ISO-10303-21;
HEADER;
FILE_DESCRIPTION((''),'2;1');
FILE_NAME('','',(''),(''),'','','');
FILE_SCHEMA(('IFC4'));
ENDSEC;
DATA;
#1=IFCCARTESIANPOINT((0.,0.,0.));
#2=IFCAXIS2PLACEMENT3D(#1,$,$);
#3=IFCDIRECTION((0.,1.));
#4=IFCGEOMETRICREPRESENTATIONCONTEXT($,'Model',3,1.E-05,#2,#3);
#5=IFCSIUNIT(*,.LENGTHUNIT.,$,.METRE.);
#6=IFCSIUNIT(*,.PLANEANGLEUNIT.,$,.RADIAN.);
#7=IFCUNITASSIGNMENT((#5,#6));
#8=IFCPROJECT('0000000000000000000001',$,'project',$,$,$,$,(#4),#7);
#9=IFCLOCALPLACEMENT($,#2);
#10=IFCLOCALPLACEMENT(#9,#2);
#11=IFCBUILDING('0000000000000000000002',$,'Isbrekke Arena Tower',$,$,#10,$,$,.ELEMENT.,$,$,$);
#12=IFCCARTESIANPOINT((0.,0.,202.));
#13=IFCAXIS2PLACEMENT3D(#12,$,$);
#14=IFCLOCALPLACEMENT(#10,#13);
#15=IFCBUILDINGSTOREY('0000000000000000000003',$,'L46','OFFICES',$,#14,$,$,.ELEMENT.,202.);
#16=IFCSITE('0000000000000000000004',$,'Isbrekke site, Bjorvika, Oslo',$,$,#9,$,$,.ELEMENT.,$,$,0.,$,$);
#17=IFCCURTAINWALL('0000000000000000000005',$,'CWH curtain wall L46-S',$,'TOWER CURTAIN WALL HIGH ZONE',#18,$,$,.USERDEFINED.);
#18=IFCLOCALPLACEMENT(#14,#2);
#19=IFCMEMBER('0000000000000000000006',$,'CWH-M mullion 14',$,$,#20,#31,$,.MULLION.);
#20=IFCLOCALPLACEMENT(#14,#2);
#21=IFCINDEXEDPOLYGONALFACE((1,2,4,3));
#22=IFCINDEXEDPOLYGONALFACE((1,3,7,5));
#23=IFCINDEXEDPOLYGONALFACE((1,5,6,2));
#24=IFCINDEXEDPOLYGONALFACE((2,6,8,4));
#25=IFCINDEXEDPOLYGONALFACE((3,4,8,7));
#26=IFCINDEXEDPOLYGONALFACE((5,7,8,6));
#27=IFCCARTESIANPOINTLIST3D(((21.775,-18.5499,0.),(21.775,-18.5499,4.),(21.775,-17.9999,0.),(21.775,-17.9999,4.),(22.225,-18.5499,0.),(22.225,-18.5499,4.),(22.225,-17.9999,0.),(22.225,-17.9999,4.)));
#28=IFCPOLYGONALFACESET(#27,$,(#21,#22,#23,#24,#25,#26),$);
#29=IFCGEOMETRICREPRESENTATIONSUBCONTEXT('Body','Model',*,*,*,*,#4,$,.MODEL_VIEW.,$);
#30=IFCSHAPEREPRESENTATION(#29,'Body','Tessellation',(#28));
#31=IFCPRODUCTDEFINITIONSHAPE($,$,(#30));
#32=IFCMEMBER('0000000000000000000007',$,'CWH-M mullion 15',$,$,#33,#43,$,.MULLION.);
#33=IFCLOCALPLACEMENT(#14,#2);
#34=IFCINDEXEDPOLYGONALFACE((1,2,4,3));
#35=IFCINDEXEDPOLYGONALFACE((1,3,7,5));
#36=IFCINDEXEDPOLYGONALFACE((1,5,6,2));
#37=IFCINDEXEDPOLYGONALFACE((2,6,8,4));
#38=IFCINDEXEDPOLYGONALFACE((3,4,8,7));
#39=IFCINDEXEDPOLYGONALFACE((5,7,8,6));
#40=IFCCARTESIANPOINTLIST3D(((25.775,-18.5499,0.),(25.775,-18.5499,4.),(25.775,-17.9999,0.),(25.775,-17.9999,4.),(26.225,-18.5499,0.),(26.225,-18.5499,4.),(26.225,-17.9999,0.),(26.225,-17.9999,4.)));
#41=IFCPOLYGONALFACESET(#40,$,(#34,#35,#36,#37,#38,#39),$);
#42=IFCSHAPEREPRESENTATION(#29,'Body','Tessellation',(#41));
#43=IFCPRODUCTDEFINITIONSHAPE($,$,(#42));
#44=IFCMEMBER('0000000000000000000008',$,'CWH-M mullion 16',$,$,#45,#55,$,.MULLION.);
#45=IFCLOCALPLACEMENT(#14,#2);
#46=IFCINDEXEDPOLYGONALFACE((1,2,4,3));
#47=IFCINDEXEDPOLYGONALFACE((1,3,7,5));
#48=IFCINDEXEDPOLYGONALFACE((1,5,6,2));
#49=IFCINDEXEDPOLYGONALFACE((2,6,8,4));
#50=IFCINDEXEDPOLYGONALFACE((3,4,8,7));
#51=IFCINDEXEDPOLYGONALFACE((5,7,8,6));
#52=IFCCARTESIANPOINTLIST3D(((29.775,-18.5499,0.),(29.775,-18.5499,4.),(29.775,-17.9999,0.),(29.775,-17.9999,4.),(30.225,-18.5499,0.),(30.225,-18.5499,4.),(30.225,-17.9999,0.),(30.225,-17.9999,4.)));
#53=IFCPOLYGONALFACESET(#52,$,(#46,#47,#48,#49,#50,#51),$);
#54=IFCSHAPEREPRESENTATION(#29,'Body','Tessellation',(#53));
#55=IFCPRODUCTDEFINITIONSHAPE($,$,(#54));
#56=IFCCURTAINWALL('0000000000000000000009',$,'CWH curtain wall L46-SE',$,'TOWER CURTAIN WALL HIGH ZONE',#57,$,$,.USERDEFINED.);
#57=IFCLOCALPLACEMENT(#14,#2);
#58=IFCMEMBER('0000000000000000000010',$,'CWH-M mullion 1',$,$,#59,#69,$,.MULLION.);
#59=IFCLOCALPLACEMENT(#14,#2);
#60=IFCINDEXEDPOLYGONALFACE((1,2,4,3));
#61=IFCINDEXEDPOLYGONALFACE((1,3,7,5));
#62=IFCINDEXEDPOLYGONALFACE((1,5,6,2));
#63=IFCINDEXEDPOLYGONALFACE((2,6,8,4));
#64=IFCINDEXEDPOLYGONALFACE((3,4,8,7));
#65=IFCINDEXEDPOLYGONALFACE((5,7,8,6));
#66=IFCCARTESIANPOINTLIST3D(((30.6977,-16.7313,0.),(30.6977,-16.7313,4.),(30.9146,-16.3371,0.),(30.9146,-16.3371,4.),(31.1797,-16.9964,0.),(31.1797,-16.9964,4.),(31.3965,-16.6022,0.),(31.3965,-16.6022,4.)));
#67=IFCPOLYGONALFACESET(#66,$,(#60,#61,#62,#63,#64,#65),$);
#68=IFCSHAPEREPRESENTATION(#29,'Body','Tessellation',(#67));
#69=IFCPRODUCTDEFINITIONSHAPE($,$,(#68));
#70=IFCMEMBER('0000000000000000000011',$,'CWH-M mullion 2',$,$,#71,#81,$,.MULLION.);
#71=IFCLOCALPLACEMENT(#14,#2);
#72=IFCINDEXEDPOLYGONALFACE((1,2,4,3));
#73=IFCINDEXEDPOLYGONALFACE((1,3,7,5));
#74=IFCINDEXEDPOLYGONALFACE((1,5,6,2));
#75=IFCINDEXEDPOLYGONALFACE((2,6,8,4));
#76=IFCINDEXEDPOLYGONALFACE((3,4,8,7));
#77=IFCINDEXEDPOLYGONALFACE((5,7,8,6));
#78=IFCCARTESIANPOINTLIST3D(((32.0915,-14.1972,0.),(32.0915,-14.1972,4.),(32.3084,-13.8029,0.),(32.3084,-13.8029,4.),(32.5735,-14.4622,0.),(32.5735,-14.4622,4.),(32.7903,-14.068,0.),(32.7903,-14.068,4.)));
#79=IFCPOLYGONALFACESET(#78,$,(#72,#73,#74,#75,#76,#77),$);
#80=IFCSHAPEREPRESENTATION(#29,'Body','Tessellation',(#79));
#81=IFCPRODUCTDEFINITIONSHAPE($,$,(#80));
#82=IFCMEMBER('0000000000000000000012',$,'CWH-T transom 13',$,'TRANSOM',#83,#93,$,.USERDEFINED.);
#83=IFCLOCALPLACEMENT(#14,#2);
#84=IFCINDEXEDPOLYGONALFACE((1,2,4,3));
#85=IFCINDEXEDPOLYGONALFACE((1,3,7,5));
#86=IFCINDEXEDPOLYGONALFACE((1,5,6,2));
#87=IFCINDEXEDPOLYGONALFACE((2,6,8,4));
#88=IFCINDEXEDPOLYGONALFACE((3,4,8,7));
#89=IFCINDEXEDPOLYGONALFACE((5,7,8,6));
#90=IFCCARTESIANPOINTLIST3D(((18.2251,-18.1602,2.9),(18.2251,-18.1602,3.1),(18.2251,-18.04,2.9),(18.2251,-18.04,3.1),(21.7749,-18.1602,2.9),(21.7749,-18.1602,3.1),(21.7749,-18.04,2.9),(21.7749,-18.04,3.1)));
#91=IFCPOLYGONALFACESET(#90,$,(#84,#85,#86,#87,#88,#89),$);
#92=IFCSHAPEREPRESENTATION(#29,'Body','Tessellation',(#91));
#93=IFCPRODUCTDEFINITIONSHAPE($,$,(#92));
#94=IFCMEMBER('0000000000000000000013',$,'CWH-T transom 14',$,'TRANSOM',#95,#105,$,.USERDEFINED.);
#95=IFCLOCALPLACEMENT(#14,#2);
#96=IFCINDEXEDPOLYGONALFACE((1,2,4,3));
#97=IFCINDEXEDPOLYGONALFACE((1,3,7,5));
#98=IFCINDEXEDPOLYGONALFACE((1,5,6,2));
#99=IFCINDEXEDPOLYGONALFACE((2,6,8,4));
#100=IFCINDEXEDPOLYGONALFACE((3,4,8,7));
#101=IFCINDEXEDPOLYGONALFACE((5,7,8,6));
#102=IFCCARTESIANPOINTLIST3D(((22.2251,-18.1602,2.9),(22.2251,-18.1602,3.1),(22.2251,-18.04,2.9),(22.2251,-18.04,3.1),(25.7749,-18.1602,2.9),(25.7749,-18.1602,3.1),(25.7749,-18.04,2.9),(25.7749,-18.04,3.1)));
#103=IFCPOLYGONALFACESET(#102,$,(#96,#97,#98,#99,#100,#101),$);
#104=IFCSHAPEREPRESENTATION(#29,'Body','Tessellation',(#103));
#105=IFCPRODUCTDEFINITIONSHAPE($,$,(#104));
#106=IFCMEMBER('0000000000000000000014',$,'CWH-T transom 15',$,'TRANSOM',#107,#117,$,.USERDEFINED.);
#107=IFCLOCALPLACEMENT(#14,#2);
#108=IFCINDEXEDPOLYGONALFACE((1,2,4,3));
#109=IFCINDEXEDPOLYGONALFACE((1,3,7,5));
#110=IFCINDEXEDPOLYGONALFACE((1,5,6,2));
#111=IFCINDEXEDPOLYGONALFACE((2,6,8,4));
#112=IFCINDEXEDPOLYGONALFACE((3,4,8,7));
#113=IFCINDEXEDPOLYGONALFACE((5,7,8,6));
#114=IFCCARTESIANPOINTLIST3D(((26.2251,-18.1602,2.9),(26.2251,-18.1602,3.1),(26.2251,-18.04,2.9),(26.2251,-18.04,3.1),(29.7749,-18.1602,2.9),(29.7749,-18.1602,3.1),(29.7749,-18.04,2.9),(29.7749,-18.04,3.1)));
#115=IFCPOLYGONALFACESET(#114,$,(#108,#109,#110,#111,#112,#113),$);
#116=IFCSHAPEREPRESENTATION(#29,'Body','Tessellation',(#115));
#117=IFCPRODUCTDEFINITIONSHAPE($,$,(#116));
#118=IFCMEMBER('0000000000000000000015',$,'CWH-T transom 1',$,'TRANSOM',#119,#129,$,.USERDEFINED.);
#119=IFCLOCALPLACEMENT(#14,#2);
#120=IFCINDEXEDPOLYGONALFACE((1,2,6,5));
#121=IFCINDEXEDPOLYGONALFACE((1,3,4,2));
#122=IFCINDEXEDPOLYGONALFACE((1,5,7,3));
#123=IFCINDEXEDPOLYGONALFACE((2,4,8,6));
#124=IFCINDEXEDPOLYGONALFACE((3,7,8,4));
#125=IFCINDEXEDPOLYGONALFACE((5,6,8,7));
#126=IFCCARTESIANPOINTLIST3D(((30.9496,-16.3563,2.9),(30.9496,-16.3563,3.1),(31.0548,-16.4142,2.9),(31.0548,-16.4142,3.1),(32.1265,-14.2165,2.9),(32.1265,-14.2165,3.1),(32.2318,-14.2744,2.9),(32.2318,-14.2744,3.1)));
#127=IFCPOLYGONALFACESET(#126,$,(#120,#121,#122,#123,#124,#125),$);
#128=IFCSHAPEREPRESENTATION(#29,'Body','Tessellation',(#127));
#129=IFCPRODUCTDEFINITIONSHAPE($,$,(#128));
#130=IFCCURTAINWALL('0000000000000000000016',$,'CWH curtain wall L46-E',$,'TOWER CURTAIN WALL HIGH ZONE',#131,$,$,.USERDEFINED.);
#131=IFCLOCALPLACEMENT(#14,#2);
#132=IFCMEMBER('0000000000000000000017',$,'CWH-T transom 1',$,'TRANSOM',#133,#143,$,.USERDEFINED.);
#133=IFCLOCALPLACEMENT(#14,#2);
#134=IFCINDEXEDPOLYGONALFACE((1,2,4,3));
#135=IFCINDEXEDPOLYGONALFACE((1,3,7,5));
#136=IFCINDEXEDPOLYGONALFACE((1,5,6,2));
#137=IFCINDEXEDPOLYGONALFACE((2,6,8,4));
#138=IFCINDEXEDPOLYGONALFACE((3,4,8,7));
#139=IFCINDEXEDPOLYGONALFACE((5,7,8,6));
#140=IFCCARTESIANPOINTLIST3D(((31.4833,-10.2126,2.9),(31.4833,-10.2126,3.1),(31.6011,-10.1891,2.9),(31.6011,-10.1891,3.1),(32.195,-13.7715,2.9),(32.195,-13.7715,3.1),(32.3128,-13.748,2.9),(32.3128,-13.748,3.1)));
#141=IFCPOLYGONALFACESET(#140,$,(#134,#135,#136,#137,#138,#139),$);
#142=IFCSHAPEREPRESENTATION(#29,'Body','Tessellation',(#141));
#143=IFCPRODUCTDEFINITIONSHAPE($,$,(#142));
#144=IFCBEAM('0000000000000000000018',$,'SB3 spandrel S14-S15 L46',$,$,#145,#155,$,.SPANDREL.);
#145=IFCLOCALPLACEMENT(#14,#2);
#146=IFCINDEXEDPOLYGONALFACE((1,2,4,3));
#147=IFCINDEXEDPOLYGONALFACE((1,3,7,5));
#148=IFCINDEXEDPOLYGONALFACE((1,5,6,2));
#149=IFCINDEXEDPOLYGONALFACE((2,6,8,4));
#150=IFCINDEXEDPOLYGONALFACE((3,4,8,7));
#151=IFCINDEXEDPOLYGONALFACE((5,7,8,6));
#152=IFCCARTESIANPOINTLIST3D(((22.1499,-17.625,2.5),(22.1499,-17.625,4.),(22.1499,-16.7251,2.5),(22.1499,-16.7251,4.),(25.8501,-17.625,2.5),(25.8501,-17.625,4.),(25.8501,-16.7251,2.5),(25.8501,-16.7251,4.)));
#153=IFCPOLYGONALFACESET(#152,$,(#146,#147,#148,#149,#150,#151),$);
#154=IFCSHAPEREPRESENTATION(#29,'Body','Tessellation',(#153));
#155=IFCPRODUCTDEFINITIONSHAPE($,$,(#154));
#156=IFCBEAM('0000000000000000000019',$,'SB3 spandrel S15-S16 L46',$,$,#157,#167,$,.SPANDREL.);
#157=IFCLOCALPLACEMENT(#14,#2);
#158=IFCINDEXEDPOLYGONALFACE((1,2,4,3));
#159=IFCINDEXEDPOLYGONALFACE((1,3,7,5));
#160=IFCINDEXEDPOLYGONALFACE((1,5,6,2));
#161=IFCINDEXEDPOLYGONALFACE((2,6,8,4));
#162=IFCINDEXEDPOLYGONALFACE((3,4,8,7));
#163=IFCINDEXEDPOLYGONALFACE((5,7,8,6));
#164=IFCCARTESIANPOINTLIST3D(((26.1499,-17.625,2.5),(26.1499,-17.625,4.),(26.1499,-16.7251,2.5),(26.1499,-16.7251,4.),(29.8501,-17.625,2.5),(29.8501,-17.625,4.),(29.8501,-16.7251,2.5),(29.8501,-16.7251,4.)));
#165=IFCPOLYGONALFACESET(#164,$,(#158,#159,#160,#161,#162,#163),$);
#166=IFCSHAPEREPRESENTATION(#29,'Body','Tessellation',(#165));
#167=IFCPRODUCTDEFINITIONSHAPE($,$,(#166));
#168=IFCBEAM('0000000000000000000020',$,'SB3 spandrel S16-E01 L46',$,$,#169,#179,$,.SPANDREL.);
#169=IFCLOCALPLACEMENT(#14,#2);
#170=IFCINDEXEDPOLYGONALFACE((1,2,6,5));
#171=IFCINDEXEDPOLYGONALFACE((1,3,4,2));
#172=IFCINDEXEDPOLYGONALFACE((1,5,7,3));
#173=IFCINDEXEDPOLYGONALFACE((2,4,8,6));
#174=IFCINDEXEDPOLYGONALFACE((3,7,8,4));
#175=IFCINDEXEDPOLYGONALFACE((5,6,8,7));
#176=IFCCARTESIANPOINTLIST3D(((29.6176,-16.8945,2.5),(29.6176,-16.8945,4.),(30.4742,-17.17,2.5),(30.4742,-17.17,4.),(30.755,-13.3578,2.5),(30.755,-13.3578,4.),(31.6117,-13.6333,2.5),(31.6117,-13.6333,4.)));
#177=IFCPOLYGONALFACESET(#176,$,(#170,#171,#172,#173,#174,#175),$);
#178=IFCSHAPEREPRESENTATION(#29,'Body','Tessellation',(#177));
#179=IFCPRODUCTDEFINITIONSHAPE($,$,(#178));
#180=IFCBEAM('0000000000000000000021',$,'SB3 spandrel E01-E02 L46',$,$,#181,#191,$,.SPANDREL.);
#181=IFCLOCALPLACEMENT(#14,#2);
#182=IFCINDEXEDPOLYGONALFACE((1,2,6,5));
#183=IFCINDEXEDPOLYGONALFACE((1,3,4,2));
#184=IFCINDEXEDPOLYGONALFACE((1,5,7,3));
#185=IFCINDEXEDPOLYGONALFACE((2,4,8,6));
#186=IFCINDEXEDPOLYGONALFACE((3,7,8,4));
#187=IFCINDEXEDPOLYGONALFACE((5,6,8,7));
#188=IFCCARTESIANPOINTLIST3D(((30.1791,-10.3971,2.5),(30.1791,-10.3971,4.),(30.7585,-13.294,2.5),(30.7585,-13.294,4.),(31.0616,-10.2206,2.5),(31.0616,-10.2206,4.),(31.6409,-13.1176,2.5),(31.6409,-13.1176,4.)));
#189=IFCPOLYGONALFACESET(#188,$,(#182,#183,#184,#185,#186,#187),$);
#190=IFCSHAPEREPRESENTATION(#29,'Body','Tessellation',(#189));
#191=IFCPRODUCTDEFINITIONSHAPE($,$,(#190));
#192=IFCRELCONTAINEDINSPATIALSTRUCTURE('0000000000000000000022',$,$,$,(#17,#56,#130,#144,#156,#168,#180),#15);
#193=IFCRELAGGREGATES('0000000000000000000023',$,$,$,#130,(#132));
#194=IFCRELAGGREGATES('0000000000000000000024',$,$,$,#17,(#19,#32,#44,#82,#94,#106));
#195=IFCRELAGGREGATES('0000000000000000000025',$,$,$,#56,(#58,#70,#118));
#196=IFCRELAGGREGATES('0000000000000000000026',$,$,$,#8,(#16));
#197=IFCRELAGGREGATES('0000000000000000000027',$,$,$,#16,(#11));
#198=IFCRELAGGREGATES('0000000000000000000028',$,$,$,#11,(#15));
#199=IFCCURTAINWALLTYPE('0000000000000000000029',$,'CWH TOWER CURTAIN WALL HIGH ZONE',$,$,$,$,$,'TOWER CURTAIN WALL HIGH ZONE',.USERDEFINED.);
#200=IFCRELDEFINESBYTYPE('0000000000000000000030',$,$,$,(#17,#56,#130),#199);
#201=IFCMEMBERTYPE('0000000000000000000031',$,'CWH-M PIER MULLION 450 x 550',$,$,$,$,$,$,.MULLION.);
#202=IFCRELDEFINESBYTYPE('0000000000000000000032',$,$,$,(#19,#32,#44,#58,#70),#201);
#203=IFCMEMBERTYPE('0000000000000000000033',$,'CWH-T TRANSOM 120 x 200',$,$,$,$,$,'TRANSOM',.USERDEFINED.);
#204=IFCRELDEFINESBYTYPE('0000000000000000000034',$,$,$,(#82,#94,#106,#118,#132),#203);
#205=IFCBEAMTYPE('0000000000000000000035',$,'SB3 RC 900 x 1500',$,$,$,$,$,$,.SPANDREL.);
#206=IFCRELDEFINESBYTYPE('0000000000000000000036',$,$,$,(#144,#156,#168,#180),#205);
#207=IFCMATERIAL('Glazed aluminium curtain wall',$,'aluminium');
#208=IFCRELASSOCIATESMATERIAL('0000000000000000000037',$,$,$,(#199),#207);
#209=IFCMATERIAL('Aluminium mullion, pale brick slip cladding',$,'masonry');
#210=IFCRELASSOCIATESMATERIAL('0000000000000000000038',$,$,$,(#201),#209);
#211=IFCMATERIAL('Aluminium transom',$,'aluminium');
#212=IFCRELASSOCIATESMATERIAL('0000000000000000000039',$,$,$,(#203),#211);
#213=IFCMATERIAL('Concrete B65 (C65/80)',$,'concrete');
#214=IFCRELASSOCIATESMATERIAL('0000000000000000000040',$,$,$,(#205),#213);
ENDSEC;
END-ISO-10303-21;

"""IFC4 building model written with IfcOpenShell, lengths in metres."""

from ifc_helpers import new_model, si_unit, direction, frame, origin, origin_2d, place, context, subcontext, project, spatial, rectangle, extrude, material, material_profile, profile_set, type_object, element, aggregate, save


model = new_model("IFC4")

# Units and contexts
model_context = context("Model", 3, precision=1e-05, world=origin(), true_north=direction((0.0, 1.0)))
body_context = subcontext(model_context, "Body", "Model", "MODEL_VIEW")
ifc_project = project(units=[si_unit("LENGTHUNIT", "METRE"), si_unit("PLANEANGLEUNIT", "RADIAN")], contexts=[model_context])

# Site, building, storey
site_placement = place(None, origin())
site = spatial("IfcSite", under=ifc_project, at=site_placement, Name="Isbrekke site, Bjorvika, Oslo", CompositionType="ELEMENT", RefElevation=0.0)
building_placement = place(site_placement, origin())
building = spatial("IfcBuilding", under=site, at=building_placement, Name="Isbrekke Arena Tower", CompositionType="ELEMENT")
storey_placement = place(building_placement, frame((0.0, 0.0, 202.0)))
storey = spatial("IfcBuildingStorey", under=building, at=storey_placement, Name="L46", Description="OFFICES", CompositionType="ELEMENT", Elevation=202.0)

# Curtain walls, members
ifc_material_1 = material(Name="Glazed aluminium curtain wall", Category="aluminium")
curtain_wall_type = type_object("IfcCurtainWallType", Name="CWH TOWER CURTAIN WALL HIGH ZONE", ElementType="TOWER CURTAIN WALL HIGH ZONE", PredefinedType="USERDEFINED", material=ifc_material_1)
curtain_wall_1_placement = place(storey_placement, origin())
curtain_wall_1 = element("IfcCurtainWall", 1, at=curtain_wall_1_placement, inside=storey, type_object=curtain_wall_type, Name="CWH curtain wall L46-S", ObjectType="TOWER CURTAIN WALL HIGH ZONE", PredefinedType="USERDEFINED")
ifc_material_2 = material(Name="Aluminium mullion, pale brick slip cladding", Category="masonry")
ifc_material_profile_1 = material_profile(ifc_material_2, rectangle(XDim=0.45, YDim=0.55, at=origin_2d()), Name="PIER 450X550")
ifc_profile_set_1 = profile_set([ifc_material_profile_1], Name="Aluminium mullion, pale brick slip cladding")
member_type_1 = type_object("IfcMemberType", Name="CWH-M PIER MULLION 450 x 550", PredefinedType="MULLION", material=ifc_profile_set_1)
member_1_placement = place(storey_placement, frame((22.0, -18.2749, 0.0), z_axis=(0.0, 0.0, 1.0), x_axis=(1.0, 0.0, 0.0)))
member_1 = element("IfcMember", 2, at=member_1_placement, type_object=member_type_1, Name="CWH-M mullion 14", PredefinedType="MULLION", context=body_context, shape_type="SweptSolid", body=[
    extrude(rectangle(XDim=0.45, YDim=0.55, at=origin_2d()), origin(), (0.0, 0.0, 1.0), 4.0),
])
member_2_placement = place(storey_placement, frame((26.0, -18.2749, 0.0), z_axis=(0.0, 0.0, 1.0), x_axis=(1.0, 0.0, 0.0)))
member_2 = element("IfcMember", 3, at=member_2_placement, type_object=member_type_1, Name="CWH-M mullion 15", PredefinedType="MULLION", context=body_context, shape_type="SweptSolid", body=[
    extrude(rectangle(XDim=0.45, YDim=0.55, at=origin_2d()), origin(), (0.0, 0.0, 1.0), 4.0),
])
member_3_placement = place(storey_placement, frame((30.0, -18.2749, 0.0), z_axis=(0.0, 0.0, 1.0), x_axis=(1.0, 0.0, 0.0)))
member_3 = element("IfcMember", 4, at=member_3_placement, type_object=member_type_1, Name="CWH-M mullion 16", PredefinedType="MULLION", context=body_context, shape_type="SweptSolid", body=[
    extrude(rectangle(XDim=0.45, YDim=0.55, at=origin_2d()), origin(), (0.0, 0.0, 1.0), 4.0),
])
curtain_wall_2_placement = place(storey_placement, origin())
curtain_wall_2 = element("IfcCurtainWall", 5, at=curtain_wall_2_placement, inside=storey, type_object=curtain_wall_type, Name="CWH curtain wall L46-SE", ObjectType="TOWER CURTAIN WALL HIGH ZONE", PredefinedType="USERDEFINED")
member_4_placement = place(storey_placement, frame((31.0471, -16.6667, 0.0), z_axis=(0.0, 0.0, 1.0), x_axis=(0.481919, 0.876216, 0.0)))
member_4 = element("IfcMember", 6, at=member_4_placement, type_object=member_type_1, Name="CWH-M mullion 1", PredefinedType="MULLION", context=body_context, shape_type="SweptSolid", body=[
    extrude(rectangle(XDim=0.45, YDim=0.55, at=origin_2d()), origin(), (0.0, 0.0, 1.0), 4.0),
])
member_5_placement = place(storey_placement, frame((32.4409, -14.1326, 0.0), z_axis=(0.0, 0.0, 1.0), x_axis=(0.481919, 0.876216, 0.0)))
member_5 = element("IfcMember", 7, at=member_5_placement, type_object=member_type_1, Name="CWH-M mullion 2", PredefinedType="MULLION", context=body_context, shape_type="SweptSolid", body=[
    extrude(rectangle(XDim=0.45, YDim=0.55, at=origin_2d()), origin(), (0.0, 0.0, 1.0), 4.0),
])

# Members
ifc_material_3 = material(Name="Aluminium transom", Category="aluminium")
ifc_material_profile_2 = material_profile(ifc_material_3, rectangle(XDim=0.1201, YDim=0.2, at=origin_2d()), Name="TRANSOM 120X200")
ifc_profile_set_2 = profile_set([ifc_material_profile_2], Name="Aluminium transom")
member_type_2 = type_object("IfcMemberType", Name="CWH-T TRANSOM 120 x 200", ElementType="TRANSOM", PredefinedType="USERDEFINED", material=ifc_profile_set_2)
member_6_placement = place(storey_placement, frame((18.2251, -18.1001, 3.0), z_axis=(1.0, 0.0, 0.0), x_axis=(0.0, 1.0, 0.0)))
member_6 = element("IfcMember", 8, at=member_6_placement, type_object=member_type_2, Name="CWH-T transom 13", ObjectType="TRANSOM", PredefinedType="USERDEFINED", context=body_context, shape_type="SweptSolid", body=[
    extrude(rectangle(XDim=0.1201, YDim=0.2, at=origin_2d()), origin(), (0.0, 0.0, 1.0), 3.5498),
])
member_7_placement = place(storey_placement, frame((22.2251, -18.1001, 3.0), z_axis=(1.0, 0.0, 0.0), x_axis=(0.0, 1.0, 0.0)))
member_7 = element("IfcMember", 9, at=member_7_placement, type_object=member_type_2, Name="CWH-T transom 14", ObjectType="TRANSOM", PredefinedType="USERDEFINED", context=body_context, shape_type="SweptSolid", body=[
    extrude(rectangle(XDim=0.1201, YDim=0.2, at=origin_2d()), origin(), (0.0, 0.0, 1.0), 3.5498),
])
member_8_placement = place(storey_placement, frame((26.2251, -18.1001, 3.0), z_axis=(1.0, 0.0, 0.0), x_axis=(0.0, 1.0, 0.0)))
member_8 = element("IfcMember", 10, at=member_8_placement, type_object=member_type_2, Name="CWH-T transom 15", ObjectType="TRANSOM", PredefinedType="USERDEFINED", context=body_context, shape_type="SweptSolid", body=[
    extrude(rectangle(XDim=0.1201, YDim=0.2, at=origin_2d()), origin(), (0.0, 0.0, 1.0), 3.5498),
])
member_9_placement = place(storey_placement, frame((31.0022, -16.3853, 3.0), z_axis=(0.481938, 0.876205, 0.0), x_axis=(-0.876205, 0.481938, 0.0)))
member_9 = element("IfcMember", 11, at=member_9_placement, type_object=member_type_2, Name="CWH-T transom 1", ObjectType="TRANSOM", PredefinedType="USERDEFINED", context=body_context, shape_type="SweptSolid", body=[
    extrude(rectangle(XDim=0.1201, YDim=0.2, at=origin_2d()), origin(), (0.0, 0.0, 1.0), 2.4421),
])

# Curtain wall, member
curtain_wall_3_placement = place(storey_placement, origin())
curtain_wall_3 = element("IfcCurtainWall", 12, at=curtain_wall_3_placement, inside=storey, type_object=curtain_wall_type, Name="CWH curtain wall L46-E", ObjectType="TOWER CURTAIN WALL HIGH ZONE", PredefinedType="USERDEFINED")
member_10_placement = place(storey_placement, frame((32.2539, -13.7598, 3.0), z_axis=(-0.19609, 0.980586, 0.0), x_axis=(-0.980586, -0.19609, 0.0)))
member_10 = element("IfcMember", 13, at=member_10_placement, type_object=member_type_2, Name="CWH-T transom 1", ObjectType="TRANSOM", PredefinedType="USERDEFINED", context=body_context, shape_type="SweptSolid", body=[
    extrude(rectangle(XDim=0.1201, YDim=0.2, at=origin_2d()), origin(), (0.0, 0.0, 1.0), 3.6294),
])
aggregate(curtain_wall_3, [member_10])

# Beams
ifc_material_4 = material(Name="Concrete B65 (C65/80)", Category="concrete")
ifc_material_profile_3 = material_profile(ifc_material_4, rectangle(XDim=0.8999, YDim=1.5, at=origin_2d()), Name="RC 900x1500")
ifc_profile_set_3 = profile_set([ifc_material_profile_3], Name="Concrete B65 (C65/80)")
beam_type_1 = type_object("IfcBeamType", Name="SB3 RC 900 x 1500", PredefinedType="SPANDREL", material=ifc_profile_set_3)
for number, where, z_axis, x_axis, name in (
    (14, (22.1499, -17.175, 3.25), (1.0, 0.0, 0.0), (0.0, 1.0, 0.0), "SB3 spandrel S14-S15 L46"),
    (15, (26.1499, -17.175, 3.25), (1.0, 0.0, 0.0), (0.0, 1.0, 0.0), "SB3 spandrel S15-S16 L46"),
):
    element("IfcBeam", number, at=place(storey_placement, frame(where, z_axis=z_axis, x_axis=x_axis)), inside=storey, type_object=beam_type_1, Name=name, PredefinedType="SPANDREL", context=body_context, shape_type="SweptSolid", body=[
        extrude(rectangle(XDim=0.8999, YDim=1.5, at=origin_2d()), origin(), (0.0, 0.0, 1.0), 3.7002),
    ])
beam_1_placement = place(storey_placement, frame((30.0459, -17.0322, 3.25), z_axis=(0.306175, 0.951975, 0.0), x_axis=(-0.951975, 0.306175, 0.0)))
element("IfcBeam", 16, at=beam_1_placement, inside=storey, type_object=beam_type_1, Name="SB3 spandrel S16-E01 L46", PredefinedType="SPANDREL", context=body_context, shape_type="SweptSolid", body=[
    extrude(rectangle(XDim=0.8999, YDim=1.5, at=origin_2d()), origin(), (0.0, 0.0, 1.0), 3.7151),
])
beam_2_placement = place(storey_placement, frame((31.1997, -13.2058, 3.25), z_axis=(-0.1961, 0.980584, 0.0), x_axis=(-0.980584, -0.1961, 0.0)))
element("IfcBeam", 17, at=beam_2_placement, inside=storey, type_object=beam_type_1, Name="SB3 spandrel E01-E02 L46", PredefinedType="SPANDREL", context=body_context, shape_type="SweptSolid", body=[
    extrude(rectangle(XDim=0.8999, YDim=1.5, at=origin_2d()), origin(), (0.0, 0.0, 1.0), 2.9543),
])

aggregate(curtain_wall_1, [member_1, member_2, member_3, member_6, member_7, member_8])
aggregate(curtain_wall_2, [member_4, member_5, member_9])

save(model, "model.ifc")
